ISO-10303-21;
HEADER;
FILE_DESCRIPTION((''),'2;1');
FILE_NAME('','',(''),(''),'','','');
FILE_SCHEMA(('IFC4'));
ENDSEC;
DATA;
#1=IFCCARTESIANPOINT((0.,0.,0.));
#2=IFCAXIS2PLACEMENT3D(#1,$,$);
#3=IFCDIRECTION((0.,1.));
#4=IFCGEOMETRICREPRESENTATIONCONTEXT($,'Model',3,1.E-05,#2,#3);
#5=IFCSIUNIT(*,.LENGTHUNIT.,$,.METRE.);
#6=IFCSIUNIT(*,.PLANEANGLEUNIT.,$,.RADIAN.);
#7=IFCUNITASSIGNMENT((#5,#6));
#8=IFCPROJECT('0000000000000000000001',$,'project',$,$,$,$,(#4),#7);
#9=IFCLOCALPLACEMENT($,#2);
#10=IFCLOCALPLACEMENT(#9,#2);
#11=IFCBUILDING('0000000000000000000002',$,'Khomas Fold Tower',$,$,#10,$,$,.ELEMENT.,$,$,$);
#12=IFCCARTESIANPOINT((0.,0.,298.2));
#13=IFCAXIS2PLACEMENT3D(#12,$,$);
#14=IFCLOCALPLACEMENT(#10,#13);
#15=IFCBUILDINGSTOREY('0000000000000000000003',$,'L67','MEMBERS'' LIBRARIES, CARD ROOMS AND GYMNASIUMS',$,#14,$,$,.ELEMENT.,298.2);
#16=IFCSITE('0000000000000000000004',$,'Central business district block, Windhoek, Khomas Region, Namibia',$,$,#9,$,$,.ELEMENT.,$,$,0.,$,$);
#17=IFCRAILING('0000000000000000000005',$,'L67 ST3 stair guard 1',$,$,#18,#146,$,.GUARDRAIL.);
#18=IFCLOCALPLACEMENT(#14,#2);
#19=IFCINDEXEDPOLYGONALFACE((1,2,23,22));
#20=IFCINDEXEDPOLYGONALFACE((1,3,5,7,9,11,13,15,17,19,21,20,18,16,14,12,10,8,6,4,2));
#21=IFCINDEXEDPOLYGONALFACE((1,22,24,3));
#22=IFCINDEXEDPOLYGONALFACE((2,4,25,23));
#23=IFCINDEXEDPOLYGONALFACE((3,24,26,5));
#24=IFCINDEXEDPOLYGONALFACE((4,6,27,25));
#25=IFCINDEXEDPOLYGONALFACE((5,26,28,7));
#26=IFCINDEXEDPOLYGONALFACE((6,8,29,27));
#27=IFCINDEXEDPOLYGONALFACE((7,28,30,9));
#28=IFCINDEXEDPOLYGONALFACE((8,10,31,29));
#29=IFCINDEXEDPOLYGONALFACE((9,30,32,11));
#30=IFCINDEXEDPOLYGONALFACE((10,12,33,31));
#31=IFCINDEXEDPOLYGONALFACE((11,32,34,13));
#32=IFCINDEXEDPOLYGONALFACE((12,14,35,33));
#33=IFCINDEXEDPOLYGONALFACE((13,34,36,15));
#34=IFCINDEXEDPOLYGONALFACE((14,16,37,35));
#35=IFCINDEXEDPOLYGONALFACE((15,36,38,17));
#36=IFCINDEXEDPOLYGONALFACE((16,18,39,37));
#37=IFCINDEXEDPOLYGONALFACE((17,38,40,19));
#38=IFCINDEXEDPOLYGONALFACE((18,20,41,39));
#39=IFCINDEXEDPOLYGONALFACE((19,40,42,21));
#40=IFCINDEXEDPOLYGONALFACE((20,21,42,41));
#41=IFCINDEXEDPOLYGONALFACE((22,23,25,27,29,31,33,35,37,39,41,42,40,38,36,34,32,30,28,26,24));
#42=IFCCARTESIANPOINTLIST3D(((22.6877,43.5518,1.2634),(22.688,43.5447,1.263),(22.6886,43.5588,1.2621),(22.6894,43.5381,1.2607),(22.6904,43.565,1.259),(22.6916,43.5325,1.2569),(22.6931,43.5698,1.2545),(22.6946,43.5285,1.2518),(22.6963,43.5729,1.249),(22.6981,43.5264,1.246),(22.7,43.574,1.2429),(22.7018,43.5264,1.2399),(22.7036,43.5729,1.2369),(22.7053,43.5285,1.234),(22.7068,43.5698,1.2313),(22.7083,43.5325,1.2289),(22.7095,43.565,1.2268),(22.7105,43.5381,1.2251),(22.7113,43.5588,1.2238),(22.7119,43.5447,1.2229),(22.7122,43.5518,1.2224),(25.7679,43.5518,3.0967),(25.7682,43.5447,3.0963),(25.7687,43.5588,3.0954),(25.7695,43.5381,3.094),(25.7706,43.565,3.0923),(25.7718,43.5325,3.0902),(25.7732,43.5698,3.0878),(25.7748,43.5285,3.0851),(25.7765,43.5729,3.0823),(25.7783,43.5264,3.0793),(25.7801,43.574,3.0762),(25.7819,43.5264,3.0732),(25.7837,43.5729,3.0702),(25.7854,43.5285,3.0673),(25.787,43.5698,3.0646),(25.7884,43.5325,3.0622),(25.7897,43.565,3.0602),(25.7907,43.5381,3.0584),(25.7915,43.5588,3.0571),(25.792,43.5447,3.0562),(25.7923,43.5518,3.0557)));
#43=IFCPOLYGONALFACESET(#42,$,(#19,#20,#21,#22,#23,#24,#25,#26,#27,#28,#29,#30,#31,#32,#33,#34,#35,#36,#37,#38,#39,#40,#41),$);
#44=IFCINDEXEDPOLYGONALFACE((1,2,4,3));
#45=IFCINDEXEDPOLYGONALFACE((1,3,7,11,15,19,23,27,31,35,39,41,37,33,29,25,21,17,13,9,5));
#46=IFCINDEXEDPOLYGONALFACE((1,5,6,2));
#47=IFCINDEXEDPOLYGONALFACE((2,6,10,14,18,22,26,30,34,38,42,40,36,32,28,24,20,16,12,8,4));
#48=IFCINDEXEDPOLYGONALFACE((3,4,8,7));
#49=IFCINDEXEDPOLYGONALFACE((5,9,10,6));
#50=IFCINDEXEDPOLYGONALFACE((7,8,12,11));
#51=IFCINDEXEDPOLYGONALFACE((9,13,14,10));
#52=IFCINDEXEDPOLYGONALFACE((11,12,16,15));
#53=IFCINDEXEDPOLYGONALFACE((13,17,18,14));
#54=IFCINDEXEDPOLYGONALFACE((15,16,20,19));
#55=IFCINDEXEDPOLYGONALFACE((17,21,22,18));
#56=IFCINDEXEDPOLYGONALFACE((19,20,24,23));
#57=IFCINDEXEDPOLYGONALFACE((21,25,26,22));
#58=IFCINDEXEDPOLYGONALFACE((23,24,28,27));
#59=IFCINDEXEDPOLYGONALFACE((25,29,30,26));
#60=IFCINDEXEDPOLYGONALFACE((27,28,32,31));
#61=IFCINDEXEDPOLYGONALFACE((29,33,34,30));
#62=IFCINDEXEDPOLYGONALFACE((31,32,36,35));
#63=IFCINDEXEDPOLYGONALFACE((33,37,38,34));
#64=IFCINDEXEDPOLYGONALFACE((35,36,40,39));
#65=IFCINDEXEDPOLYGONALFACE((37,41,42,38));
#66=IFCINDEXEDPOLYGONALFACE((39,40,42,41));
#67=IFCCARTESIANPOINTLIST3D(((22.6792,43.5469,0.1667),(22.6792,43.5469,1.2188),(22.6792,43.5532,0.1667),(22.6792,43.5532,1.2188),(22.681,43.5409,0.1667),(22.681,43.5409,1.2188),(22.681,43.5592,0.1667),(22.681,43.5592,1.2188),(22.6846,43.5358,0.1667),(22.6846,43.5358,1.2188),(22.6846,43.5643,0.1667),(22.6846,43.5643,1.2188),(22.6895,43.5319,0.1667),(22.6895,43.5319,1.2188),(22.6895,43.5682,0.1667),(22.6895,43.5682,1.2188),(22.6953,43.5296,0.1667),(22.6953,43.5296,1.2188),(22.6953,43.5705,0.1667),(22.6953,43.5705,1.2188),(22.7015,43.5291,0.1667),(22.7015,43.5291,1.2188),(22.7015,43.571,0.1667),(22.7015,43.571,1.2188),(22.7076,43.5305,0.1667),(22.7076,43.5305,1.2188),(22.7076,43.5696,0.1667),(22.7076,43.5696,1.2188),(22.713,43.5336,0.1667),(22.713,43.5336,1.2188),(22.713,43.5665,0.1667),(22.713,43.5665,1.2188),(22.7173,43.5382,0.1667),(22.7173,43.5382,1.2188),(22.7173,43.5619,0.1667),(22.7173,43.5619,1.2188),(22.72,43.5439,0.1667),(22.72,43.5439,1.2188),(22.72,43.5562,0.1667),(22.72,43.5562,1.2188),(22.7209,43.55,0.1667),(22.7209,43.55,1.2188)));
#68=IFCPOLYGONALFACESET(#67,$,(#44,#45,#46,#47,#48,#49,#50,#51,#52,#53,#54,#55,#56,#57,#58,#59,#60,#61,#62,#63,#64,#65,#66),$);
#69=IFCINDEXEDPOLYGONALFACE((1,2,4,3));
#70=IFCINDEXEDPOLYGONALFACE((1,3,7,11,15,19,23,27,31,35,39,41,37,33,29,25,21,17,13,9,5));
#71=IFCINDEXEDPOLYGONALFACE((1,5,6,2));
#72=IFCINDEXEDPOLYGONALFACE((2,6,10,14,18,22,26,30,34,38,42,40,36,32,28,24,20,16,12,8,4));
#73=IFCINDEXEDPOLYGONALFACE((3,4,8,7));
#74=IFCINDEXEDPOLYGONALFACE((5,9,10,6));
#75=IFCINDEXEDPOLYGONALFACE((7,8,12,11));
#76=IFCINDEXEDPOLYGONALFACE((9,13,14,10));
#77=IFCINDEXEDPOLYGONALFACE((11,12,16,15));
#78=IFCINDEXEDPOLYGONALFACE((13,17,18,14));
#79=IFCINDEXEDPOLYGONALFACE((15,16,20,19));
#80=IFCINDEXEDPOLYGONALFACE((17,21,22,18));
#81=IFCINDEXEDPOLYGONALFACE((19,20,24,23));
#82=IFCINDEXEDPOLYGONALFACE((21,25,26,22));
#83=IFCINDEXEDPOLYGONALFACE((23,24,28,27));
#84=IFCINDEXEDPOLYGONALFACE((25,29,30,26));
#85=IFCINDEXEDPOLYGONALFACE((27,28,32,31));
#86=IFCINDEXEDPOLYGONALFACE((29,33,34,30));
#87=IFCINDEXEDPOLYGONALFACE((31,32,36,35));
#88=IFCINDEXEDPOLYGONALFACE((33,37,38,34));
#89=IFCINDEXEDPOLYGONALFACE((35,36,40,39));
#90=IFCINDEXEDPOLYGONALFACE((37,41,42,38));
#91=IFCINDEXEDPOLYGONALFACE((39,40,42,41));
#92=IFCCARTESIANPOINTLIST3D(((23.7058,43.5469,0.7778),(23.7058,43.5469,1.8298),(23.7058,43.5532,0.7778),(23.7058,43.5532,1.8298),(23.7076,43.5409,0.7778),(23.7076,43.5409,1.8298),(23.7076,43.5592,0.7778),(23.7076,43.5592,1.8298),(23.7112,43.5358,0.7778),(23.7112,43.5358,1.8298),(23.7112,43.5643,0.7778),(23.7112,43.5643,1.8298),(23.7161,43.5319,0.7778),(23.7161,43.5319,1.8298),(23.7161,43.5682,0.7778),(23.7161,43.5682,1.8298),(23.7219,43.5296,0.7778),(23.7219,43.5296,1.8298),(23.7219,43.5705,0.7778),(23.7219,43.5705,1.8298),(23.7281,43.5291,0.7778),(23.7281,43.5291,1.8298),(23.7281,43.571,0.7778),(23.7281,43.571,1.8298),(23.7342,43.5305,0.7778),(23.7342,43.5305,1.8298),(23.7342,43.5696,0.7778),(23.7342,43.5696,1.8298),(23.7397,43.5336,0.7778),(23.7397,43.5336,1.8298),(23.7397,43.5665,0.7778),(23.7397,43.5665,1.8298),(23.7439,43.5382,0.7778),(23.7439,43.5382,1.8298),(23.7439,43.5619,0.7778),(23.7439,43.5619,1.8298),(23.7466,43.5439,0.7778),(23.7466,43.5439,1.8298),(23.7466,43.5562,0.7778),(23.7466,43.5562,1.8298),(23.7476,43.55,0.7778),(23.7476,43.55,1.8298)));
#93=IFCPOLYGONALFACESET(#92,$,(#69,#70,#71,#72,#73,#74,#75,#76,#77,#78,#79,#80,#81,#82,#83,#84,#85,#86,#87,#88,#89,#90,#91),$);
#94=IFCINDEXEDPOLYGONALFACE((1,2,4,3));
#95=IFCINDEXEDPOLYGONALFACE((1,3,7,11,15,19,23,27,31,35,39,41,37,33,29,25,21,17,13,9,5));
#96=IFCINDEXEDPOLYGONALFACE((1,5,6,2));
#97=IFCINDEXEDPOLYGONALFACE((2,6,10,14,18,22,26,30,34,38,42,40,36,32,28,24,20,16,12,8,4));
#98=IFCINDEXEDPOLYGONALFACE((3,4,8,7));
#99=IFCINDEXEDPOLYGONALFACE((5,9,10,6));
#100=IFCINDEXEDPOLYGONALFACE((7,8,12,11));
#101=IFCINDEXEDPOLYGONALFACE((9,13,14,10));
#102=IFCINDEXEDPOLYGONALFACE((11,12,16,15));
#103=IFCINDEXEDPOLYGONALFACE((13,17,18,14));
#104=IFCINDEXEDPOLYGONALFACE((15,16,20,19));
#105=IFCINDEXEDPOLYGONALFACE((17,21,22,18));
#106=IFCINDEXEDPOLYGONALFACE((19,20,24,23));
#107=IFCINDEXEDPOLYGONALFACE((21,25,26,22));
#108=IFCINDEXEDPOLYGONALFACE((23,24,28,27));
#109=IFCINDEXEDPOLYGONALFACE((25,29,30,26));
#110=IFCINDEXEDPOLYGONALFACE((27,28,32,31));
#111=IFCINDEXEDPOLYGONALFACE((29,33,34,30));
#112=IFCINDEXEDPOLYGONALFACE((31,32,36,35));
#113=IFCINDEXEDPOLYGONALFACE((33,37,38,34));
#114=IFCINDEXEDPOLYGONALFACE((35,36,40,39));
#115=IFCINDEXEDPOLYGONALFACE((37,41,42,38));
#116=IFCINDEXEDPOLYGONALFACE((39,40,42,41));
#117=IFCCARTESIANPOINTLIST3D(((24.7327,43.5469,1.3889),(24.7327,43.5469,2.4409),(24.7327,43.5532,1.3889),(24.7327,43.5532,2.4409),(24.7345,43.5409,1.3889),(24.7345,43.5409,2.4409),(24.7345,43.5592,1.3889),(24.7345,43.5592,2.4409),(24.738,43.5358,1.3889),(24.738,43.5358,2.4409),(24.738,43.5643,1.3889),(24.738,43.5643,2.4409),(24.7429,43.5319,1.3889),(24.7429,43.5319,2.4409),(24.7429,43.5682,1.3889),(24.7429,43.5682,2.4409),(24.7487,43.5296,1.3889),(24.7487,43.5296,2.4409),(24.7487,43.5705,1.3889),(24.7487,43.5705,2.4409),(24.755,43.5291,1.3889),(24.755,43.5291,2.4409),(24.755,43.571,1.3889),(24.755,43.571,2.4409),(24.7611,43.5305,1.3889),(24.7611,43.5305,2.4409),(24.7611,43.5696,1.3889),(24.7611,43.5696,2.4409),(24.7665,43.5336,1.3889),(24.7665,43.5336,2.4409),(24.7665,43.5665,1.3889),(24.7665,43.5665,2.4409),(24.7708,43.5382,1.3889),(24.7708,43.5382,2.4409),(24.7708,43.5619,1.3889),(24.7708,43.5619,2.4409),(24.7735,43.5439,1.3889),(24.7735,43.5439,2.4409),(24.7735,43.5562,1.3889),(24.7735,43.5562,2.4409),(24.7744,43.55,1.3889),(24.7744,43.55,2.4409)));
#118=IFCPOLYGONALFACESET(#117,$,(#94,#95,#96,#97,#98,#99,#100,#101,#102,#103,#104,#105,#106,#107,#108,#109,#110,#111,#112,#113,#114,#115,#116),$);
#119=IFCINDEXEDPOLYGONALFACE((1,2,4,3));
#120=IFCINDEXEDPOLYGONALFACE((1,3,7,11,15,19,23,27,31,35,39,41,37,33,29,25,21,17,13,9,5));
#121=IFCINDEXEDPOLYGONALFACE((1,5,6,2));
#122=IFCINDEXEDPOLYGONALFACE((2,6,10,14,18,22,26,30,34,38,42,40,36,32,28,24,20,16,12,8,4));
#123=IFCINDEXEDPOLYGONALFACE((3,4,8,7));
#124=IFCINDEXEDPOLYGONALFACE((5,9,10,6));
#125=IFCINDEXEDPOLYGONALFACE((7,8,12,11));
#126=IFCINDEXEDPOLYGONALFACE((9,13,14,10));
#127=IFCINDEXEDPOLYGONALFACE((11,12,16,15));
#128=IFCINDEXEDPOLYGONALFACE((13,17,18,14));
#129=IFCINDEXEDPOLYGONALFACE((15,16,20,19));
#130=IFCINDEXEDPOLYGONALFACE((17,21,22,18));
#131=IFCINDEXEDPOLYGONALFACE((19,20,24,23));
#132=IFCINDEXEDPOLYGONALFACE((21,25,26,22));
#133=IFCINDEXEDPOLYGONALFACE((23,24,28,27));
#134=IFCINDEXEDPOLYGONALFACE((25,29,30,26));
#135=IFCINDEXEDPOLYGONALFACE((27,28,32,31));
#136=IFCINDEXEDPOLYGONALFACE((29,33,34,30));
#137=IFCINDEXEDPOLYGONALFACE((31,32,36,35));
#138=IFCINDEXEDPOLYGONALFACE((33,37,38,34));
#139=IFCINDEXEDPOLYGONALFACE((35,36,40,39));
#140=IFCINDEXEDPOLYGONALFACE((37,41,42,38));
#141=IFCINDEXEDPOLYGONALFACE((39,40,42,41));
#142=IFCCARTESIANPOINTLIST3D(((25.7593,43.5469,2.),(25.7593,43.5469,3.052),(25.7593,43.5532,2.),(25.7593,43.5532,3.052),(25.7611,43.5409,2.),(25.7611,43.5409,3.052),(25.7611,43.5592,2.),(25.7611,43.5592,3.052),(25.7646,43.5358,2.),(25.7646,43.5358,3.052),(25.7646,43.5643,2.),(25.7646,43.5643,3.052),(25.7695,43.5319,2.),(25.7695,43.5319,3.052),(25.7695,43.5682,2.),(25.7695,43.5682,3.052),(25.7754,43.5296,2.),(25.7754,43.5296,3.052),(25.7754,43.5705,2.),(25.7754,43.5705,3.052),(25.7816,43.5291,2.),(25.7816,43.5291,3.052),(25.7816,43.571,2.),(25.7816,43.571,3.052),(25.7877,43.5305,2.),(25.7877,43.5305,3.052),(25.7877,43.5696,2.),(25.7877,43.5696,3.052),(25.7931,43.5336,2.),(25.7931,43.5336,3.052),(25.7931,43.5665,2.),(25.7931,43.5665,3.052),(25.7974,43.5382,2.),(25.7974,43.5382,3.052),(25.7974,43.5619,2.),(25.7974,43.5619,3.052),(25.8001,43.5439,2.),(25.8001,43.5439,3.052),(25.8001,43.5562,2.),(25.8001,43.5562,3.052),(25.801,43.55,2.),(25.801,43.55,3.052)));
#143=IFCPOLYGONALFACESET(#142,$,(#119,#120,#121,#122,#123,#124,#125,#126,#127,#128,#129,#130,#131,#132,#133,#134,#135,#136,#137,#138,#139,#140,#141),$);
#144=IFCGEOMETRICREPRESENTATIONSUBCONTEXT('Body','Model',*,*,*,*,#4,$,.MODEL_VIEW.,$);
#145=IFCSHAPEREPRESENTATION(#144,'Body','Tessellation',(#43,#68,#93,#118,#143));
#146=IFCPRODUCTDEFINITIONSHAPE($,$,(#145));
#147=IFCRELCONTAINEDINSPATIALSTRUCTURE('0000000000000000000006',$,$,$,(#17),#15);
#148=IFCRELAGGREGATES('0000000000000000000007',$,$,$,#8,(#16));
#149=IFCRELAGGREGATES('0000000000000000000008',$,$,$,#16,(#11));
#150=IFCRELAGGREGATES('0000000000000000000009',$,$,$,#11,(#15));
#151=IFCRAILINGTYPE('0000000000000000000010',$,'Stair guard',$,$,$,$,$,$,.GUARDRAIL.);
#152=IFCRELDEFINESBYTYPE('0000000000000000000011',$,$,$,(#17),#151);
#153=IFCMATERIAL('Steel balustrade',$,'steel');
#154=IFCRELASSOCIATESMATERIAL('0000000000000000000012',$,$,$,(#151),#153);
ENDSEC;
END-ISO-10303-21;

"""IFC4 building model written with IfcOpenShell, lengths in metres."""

from ifc_helpers import new_model, si_unit, direction, frame, origin, origin_2d, place, context, subcontext, project, spatial, circle, extrude, source, transform, mapped, material, type_object, element, save


model = new_model("IFC4")

# Units and contexts
model_context = context("Model", 3, precision=1e-05, world=origin(), true_north=direction((0.0, 1.0)))
body_context = subcontext(model_context, "Body", "Model", "MODEL_VIEW")
ifc_project = project(units=[si_unit("LENGTHUNIT", "METRE"), si_unit("PLANEANGLEUNIT", "RADIAN")], contexts=[model_context])

# Site, building, storey
site_placement = place(None, origin())
site = spatial("IfcSite", under=ifc_project, at=site_placement, Name="Central business district block, Windhoek, Khomas Region, Namibia", CompositionType="ELEMENT", RefElevation=0.0)
building_placement = place(site_placement, origin())
building = spatial("IfcBuilding", under=site, at=building_placement, Name="Khomas Fold Tower", CompositionType="ELEMENT")
storey_placement = place(building_placement, frame((0.0, 0.0, 298.2)))
storey = spatial("IfcBuildingStorey", under=building, at=storey_placement, Name="L67", Description="MEMBERS' LIBRARIES, CARD ROOMS AND GYMNASIUMS", CompositionType="ELEMENT", Elevation=298.2)

# Railing
ifc_material_1 = material(Name="Steel balustrade", Category="steel")
railing_type_1 = type_object("IfcRailingType", Name="Stair guard", PredefinedType="GUARDRAIL", material=ifc_material_1)
shared_shape_1 = source(origin(), body_context, "Body", "SweptSolid", [
    extrude(circle(Radius=0.0239, at=origin_2d()), frame((0.0, 0.0, 1.0762), z_axis=(0.859309, 0.0, 0.511458), x_axis=(0.0, 1.0, 0.0)), (0.0, 0.0, 1.0), 3.5845),
    extrude(circle(Radius=0.021, at=origin_2d()), origin(), (0.0, 0.0, 1.0), 1.052),
    extrude(circle(Radius=0.021, at=origin_2d()), frame((1.0266, 0.0, 0.6111)), (0.0, 0.0, 1.0), 1.052),
    extrude(circle(Radius=0.021, at=origin_2d()), frame((2.0535, 0.0, 1.2222)), (0.0, 0.0, 1.0), 1.052),
    extrude(circle(Radius=0.021, at=origin_2d()), frame((3.0801, 0.0, 1.8333)), (0.0, 0.0, 1.0), 1.052),
])
railing_1_placement = place(storey_placement, frame((22.7, 43.55, 0.1667)))
element("IfcRailing", 1, at=railing_1_placement, inside=storey, type_object=railing_type_1, Name="L67 ST3 stair guard 1", PredefinedType="GUARDRAIL", context=body_context, shape_type="MappedRepresentation", body=[
    mapped(shared_shape_1, transform((0.0, 0.0, 0.0))),
])

save(model, "model.ifc")
